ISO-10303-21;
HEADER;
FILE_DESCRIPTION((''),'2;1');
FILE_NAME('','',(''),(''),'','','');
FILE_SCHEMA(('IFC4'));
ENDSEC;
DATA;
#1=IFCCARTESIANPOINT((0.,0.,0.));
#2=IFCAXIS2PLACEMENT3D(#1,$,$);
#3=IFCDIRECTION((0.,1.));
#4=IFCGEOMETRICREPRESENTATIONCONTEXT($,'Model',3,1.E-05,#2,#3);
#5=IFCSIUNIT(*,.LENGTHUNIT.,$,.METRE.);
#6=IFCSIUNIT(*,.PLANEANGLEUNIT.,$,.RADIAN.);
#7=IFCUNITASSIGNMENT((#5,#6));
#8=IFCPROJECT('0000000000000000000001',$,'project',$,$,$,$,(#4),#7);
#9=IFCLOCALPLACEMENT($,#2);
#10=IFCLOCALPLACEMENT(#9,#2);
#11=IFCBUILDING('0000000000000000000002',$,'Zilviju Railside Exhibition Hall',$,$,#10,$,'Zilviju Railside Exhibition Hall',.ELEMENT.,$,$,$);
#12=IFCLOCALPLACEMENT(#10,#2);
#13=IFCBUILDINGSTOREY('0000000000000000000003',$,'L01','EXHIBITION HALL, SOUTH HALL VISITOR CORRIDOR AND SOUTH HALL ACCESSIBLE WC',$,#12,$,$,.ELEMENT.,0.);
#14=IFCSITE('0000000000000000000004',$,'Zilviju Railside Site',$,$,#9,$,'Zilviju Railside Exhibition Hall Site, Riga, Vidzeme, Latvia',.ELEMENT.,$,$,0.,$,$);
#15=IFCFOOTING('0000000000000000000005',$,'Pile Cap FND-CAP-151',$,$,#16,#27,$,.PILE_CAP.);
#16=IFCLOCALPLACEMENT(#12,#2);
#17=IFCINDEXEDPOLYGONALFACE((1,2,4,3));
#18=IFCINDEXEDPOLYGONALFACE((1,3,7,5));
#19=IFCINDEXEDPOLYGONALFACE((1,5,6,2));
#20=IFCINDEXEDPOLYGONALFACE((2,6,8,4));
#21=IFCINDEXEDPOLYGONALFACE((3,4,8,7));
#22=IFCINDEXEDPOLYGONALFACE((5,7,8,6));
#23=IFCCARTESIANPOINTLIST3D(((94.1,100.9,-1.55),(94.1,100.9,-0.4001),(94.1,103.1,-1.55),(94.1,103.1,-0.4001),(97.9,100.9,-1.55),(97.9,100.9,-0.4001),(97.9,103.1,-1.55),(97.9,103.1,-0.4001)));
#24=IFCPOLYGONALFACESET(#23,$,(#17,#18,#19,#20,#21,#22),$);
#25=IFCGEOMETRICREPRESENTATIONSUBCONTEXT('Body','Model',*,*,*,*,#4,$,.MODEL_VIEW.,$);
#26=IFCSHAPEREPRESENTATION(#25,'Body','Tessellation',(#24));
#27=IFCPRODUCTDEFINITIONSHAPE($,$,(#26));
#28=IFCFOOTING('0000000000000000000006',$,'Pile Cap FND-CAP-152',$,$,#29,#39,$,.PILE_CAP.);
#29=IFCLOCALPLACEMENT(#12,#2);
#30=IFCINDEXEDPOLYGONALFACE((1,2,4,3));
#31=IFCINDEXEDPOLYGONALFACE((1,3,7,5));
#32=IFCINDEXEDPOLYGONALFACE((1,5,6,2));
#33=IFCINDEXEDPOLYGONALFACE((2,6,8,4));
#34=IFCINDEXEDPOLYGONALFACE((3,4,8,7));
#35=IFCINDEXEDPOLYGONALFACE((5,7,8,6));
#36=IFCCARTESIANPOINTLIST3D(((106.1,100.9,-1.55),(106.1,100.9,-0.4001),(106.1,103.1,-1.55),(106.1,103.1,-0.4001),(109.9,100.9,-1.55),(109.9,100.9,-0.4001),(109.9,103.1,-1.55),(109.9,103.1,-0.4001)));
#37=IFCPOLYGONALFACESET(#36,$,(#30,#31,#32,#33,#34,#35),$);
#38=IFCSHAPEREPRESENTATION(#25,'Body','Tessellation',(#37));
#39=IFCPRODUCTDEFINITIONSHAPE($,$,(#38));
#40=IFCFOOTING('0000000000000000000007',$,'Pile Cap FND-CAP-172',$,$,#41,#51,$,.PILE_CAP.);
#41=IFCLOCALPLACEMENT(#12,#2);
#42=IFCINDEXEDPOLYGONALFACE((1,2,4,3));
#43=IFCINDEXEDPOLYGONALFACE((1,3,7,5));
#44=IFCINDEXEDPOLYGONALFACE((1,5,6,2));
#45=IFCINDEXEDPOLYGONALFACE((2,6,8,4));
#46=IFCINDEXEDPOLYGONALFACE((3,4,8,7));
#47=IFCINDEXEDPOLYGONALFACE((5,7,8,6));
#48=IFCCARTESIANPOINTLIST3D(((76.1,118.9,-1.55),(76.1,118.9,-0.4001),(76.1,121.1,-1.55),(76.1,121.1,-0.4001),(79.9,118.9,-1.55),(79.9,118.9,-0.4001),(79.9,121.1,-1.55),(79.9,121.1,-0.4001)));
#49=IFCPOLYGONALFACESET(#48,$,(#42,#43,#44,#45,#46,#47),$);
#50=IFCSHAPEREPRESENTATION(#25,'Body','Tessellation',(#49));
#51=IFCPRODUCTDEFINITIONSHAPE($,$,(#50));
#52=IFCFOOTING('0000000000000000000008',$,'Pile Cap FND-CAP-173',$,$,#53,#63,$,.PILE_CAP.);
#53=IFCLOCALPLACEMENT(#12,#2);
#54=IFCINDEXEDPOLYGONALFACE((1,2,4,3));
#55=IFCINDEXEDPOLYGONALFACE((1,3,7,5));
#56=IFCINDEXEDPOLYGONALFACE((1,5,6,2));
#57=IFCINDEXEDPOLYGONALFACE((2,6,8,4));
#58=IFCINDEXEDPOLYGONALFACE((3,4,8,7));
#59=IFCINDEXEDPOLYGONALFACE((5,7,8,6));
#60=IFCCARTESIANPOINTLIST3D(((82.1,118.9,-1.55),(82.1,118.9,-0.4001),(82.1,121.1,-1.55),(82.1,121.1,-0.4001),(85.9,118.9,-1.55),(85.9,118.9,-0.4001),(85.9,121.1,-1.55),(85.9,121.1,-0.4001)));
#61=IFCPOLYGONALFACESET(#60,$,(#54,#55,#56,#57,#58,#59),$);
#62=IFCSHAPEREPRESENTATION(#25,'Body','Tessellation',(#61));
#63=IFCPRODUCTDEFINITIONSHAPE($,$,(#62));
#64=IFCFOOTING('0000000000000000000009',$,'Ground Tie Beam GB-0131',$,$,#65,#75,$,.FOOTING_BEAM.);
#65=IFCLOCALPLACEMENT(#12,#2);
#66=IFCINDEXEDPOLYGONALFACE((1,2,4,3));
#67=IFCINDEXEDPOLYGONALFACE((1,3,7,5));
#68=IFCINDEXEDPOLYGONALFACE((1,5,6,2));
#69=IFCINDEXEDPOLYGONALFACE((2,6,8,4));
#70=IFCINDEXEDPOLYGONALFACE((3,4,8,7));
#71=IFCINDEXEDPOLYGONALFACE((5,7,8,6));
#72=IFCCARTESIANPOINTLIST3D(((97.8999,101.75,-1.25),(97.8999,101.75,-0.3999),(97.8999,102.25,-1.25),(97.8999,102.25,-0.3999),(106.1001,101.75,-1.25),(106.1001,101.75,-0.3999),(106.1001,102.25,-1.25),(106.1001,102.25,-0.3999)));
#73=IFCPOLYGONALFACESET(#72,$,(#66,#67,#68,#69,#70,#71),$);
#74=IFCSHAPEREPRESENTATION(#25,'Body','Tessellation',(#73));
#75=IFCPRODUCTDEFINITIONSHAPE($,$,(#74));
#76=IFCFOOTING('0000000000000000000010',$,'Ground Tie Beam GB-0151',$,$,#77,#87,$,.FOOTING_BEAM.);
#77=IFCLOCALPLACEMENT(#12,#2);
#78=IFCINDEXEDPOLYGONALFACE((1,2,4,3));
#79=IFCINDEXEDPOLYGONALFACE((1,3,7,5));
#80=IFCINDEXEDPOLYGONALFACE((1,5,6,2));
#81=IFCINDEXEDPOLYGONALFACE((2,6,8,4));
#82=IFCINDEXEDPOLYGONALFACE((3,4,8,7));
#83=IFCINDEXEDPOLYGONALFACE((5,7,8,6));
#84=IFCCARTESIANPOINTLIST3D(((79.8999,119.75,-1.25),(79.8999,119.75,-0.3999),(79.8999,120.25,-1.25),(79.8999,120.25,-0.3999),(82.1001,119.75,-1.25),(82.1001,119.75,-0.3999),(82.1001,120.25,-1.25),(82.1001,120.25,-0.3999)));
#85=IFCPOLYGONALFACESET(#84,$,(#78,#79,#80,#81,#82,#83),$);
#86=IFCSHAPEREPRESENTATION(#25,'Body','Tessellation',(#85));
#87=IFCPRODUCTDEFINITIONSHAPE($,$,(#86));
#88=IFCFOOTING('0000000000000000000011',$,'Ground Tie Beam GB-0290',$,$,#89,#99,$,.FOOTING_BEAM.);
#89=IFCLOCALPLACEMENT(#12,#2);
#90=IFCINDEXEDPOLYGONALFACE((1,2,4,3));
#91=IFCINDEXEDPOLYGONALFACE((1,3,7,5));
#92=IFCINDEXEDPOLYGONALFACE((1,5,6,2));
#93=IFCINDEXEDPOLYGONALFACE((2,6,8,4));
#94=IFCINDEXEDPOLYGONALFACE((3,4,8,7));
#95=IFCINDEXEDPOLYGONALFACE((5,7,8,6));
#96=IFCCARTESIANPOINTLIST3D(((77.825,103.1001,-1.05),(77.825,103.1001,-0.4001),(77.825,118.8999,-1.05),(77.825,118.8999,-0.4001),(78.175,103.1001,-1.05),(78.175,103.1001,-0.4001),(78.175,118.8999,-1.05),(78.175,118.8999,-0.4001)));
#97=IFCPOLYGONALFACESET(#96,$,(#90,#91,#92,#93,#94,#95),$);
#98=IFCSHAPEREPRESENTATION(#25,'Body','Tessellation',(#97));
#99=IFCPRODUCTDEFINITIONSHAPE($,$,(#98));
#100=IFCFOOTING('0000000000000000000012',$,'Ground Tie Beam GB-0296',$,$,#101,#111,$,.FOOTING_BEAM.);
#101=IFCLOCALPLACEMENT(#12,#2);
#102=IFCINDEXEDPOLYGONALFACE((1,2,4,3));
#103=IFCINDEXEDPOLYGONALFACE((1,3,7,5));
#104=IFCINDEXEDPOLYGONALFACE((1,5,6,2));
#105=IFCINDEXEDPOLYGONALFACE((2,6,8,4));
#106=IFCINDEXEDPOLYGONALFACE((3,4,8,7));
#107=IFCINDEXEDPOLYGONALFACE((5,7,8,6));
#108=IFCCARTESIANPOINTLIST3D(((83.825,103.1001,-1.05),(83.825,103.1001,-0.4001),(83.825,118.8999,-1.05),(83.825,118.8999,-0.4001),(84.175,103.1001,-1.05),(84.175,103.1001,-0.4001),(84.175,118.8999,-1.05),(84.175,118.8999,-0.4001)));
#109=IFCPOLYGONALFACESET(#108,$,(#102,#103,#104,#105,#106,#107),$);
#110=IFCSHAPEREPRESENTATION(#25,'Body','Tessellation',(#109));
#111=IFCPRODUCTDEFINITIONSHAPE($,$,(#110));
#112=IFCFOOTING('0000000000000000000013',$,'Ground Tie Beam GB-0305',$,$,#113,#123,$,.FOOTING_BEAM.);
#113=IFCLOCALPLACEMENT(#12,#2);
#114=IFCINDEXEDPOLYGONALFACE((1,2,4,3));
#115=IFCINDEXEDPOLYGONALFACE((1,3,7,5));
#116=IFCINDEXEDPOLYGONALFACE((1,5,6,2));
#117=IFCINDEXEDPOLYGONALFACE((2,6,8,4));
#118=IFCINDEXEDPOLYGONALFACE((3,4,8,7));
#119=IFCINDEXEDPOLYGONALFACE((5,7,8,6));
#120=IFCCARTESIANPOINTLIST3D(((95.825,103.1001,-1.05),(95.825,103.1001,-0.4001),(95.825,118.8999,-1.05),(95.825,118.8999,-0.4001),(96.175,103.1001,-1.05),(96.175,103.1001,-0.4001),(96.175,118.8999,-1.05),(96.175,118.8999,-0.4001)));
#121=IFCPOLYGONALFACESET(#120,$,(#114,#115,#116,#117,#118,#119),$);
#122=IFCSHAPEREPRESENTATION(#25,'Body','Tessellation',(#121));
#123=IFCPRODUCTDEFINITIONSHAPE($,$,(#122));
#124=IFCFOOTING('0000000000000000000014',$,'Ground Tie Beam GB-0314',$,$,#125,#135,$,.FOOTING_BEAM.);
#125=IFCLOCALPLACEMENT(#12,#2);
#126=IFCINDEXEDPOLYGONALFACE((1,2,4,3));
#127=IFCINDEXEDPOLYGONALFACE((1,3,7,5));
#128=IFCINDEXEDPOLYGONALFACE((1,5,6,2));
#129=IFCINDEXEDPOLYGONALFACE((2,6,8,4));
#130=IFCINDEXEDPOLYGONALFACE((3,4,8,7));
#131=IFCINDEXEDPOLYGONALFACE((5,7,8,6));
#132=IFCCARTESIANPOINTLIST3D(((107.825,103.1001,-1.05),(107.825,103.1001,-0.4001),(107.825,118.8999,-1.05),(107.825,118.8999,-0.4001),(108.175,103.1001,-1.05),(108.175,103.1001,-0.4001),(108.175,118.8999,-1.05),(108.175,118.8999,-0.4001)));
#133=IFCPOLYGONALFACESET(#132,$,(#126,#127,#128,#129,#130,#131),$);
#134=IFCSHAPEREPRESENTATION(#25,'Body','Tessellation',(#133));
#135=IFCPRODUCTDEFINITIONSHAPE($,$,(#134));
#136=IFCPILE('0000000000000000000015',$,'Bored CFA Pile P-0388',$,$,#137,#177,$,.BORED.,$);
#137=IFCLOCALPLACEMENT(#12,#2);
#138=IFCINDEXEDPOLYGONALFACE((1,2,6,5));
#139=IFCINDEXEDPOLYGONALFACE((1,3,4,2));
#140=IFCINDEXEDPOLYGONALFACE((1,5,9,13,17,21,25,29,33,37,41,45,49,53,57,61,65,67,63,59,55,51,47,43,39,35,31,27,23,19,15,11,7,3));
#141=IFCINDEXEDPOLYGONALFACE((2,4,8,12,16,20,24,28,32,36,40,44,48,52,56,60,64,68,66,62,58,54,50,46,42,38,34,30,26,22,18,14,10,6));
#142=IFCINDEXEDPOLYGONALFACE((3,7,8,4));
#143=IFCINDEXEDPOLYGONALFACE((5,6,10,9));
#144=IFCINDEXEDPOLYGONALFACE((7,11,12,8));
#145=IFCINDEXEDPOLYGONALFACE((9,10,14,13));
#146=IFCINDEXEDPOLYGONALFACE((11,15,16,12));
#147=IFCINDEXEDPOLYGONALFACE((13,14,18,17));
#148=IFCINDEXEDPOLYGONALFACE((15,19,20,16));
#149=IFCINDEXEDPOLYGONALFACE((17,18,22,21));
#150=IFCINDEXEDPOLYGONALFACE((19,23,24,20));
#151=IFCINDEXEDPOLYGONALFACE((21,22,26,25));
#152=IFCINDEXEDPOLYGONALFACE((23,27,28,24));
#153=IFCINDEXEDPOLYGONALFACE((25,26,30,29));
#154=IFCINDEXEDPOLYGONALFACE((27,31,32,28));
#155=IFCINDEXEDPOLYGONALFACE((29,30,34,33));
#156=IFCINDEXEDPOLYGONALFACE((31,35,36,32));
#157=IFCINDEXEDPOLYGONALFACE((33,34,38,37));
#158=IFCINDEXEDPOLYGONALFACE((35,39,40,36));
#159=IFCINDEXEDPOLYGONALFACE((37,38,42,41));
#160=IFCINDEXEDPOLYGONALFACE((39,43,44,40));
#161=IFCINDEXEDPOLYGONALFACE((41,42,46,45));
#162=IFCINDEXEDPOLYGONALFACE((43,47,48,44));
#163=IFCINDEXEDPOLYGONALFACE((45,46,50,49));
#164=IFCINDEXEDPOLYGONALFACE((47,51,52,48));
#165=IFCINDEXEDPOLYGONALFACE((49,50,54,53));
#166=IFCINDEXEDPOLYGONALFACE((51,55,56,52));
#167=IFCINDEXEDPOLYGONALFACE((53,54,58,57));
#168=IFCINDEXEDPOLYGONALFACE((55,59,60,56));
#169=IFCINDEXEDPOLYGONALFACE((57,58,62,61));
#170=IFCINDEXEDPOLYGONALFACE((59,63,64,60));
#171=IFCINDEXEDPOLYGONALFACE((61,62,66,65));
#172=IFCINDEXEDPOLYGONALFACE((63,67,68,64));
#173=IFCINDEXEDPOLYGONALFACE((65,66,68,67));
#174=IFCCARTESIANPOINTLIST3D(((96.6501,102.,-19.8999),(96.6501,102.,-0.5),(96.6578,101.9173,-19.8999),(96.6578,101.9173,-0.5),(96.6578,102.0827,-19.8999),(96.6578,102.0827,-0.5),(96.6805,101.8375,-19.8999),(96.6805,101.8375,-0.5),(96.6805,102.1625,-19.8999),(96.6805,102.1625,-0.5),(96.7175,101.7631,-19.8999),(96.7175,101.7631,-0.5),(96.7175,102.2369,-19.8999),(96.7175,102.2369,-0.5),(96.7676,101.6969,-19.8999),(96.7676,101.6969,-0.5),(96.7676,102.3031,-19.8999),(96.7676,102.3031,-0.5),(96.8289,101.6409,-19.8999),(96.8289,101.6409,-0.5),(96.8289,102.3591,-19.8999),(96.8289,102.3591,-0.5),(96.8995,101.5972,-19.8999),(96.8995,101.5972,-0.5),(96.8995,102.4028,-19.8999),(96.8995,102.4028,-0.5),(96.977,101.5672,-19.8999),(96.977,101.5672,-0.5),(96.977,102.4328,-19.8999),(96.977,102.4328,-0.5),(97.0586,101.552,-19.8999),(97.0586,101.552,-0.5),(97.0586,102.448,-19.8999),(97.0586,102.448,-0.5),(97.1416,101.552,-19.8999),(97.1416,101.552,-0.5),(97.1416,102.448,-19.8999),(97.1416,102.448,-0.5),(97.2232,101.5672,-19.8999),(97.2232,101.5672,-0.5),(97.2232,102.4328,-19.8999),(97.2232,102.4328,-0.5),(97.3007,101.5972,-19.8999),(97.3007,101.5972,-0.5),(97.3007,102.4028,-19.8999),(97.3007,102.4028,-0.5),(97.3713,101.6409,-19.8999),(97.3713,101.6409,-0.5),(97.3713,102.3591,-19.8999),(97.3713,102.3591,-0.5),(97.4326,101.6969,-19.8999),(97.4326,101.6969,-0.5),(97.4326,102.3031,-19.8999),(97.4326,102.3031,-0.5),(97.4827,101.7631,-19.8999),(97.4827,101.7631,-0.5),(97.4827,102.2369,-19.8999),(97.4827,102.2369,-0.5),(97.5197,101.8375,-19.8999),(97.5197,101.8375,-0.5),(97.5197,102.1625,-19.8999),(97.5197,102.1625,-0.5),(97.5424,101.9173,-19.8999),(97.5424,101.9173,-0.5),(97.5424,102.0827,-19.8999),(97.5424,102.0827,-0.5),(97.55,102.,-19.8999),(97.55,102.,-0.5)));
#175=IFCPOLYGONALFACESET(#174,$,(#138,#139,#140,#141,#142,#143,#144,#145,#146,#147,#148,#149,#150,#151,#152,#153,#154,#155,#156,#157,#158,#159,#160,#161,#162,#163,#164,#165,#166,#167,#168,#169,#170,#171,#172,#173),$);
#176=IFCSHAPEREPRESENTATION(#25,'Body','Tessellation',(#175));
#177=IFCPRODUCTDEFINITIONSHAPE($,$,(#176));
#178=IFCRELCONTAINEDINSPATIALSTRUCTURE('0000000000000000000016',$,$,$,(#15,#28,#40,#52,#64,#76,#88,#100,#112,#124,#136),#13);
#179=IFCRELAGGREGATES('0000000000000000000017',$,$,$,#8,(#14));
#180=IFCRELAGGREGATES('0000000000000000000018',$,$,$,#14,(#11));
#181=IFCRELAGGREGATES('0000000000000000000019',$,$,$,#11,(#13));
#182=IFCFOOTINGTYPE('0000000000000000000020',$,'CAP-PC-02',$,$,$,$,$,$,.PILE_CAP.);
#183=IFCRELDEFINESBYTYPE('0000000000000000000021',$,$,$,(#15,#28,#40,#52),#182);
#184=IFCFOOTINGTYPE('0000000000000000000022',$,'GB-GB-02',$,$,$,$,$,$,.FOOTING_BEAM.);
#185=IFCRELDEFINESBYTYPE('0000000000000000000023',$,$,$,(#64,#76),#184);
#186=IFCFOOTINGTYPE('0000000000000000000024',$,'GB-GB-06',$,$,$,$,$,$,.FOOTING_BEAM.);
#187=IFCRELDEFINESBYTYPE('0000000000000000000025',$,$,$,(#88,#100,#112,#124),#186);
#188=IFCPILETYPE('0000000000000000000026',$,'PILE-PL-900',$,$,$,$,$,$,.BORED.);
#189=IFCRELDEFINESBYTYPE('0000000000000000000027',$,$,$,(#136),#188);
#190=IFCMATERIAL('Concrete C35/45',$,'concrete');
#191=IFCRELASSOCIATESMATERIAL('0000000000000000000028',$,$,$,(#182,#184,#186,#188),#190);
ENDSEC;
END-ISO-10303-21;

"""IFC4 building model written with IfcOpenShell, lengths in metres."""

from ifc_helpers import new_model, si_unit, direction, frame, origin, origin_2d, place, context, subcontext, project, spatial, rectangle, circle, extrude, material, material_profile, profile_set, type_object, element, save


model = new_model("IFC4")

# Units and contexts
model_context = context("Model", 3, precision=1e-05, world=origin(), true_north=direction((0.0, 1.0)))
body_context = subcontext(model_context, "Body", "Model", "MODEL_VIEW")
ifc_project = project(units=[si_unit("LENGTHUNIT", "METRE"), si_unit("PLANEANGLEUNIT", "RADIAN")], contexts=[model_context])

# Site, building, storey
site_placement = place(None, origin())
site = spatial("IfcSite", under=ifc_project, at=site_placement, Name="Zilviju Railside Site", LongName="Zilviju Railside Exhibition Hall Site, Riga, Vidzeme, Latvia", CompositionType="ELEMENT", RefElevation=0.0)
building_placement = place(site_placement, origin())
building = spatial("IfcBuilding", under=site, at=building_placement, Name="Zilviju Railside Exhibition Hall", LongName="Zilviju Railside Exhibition Hall", CompositionType="ELEMENT")
storey_placement = place(building_placement, origin())
storey = spatial("IfcBuildingStorey", under=building, at=storey_placement, Name="L01", Description="EXHIBITION HALL, SOUTH HALL VISITOR CORRIDOR AND SOUTH HALL ACCESSIBLE WC", CompositionType="ELEMENT", Elevation=0.0)

# Footings
ifc_material_1 = material(Name="Concrete C35/45", Category="concrete")
footing_type_1 = type_object("IfcFootingType", Name="CAP-PC-02", PredefinedType="PILE_CAP", material=ifc_material_1)
for number, where, z_axis, x_axis, name in (
    (1, (96.0, 102.0, -1.55), (0.0, 0.0, 1.0), (1.0, 0.0, 0.0), "Pile Cap FND-CAP-151"),
    (2, (108.0, 102.0, -1.55), (0.0, 0.0, 1.0), (1.0, 0.0, 0.0), "Pile Cap FND-CAP-152"),
    (3, (78.0, 120.0, -1.55), (0.0, 0.0, 1.0), (1.0, 0.0, 0.0), "Pile Cap FND-CAP-172"),
    (4, (84.0, 120.0, -1.55), (0.0, 0.0, 1.0), (1.0, 0.0, 0.0), "Pile Cap FND-CAP-173"),
):
    element("IfcFooting", number, at=place(storey_placement, frame(where, z_axis=z_axis, x_axis=x_axis)), inside=storey, type_object=footing_type_1, Name=name, PredefinedType="PILE_CAP", context=body_context, shape_type="SweptSolid", body=[
        extrude(rectangle(XDim=3.8, YDim=2.2, at=origin_2d()), origin(), (0.0, 0.0, 1.0), 1.1499),
    ])
ifc_material_profile_1 = material_profile(ifc_material_1, rectangle(XDim=0.5, YDim=0.8501, at=origin_2d()), Name="TIE BEAM 500x850")
ifc_profile_set_1 = profile_set([ifc_material_profile_1], Name="Concrete C35/45")
footing_type_2 = type_object("IfcFootingType", Name="GB-GB-02", PredefinedType="FOOTING_BEAM", material=ifc_profile_set_1)
footing_1_placement = place(storey_placement, frame((97.8999, 102.0, -0.825), z_axis=(1.0, 0.0, 0.0), x_axis=(0.0, 1.0, 0.0)))
element("IfcFooting", 5, at=footing_1_placement, inside=storey, type_object=footing_type_2, Name="Ground Tie Beam GB-0131", PredefinedType="FOOTING_BEAM", context=body_context, shape_type="SweptSolid", body=[
    extrude(rectangle(XDim=0.5, YDim=0.8501, at=origin_2d()), origin(), (0.0, 0.0, 1.0), 8.2002),
])
footing_2_placement = place(storey_placement, frame((79.8999, 120.0, -0.825), z_axis=(1.0, 0.0, 0.0), x_axis=(0.0, 1.0, 0.0)))
element("IfcFooting", 6, at=footing_2_placement, inside=storey, type_object=footing_type_2, Name="Ground Tie Beam GB-0151", PredefinedType="FOOTING_BEAM", context=body_context, shape_type="SweptSolid", body=[
    extrude(rectangle(XDim=0.5, YDim=0.8501, at=origin_2d()), origin(), (0.0, 0.0, 1.0), 2.2002),
])
ifc_material_profile_2 = material_profile(ifc_material_1, rectangle(XDim=0.3501, YDim=0.6499, at=origin_2d()), Name="TIE BEAM 350x650")
ifc_profile_set_2 = profile_set([ifc_material_profile_2], Name="Concrete C35/45")
footing_type_3 = type_object("IfcFootingType", Name="GB-GB-06", PredefinedType="FOOTING_BEAM", material=ifc_profile_set_2)
for number, where, z_axis, x_axis, name in (
    (7, (78.0, 103.1001, -0.7251), (0.0, 1.0, 0.0), (-1.0, 0.0, 0.0), "Ground Tie Beam GB-0290"),
    (8, (84.0, 103.1001, -0.7251), (0.0, 1.0, 0.0), (-1.0, 0.0, 0.0), "Ground Tie Beam GB-0296"),
    (9, (96.0, 103.1001, -0.7251), (0.0, 1.0, 0.0), (-1.0, 0.0, 0.0), "Ground Tie Beam GB-0305"),
    (10, (108.0, 103.1001, -0.7251), (0.0, 1.0, 0.0), (-1.0, 0.0, 0.0), "Ground Tie Beam GB-0314"),
):
    element("IfcFooting", number, at=place(storey_placement, frame(where, z_axis=z_axis, x_axis=x_axis)), inside=storey, type_object=footing_type_3, Name=name, PredefinedType="FOOTING_BEAM", context=body_context, shape_type="SweptSolid", body=[
        extrude(rectangle(XDim=0.3501, YDim=0.6499, at=origin_2d()), origin(), (0.0, 0.0, 1.0), 15.7998),
    ])

# Pile
ifc_material_profile_3 = material_profile(ifc_material_1, circle(Radius=0.45, at=origin_2d()), Name="CFA PILE D900")
ifc_profile_set_3 = profile_set([ifc_material_profile_3], Name="Concrete C35/45")
pile_type = type_object("IfcPileType", Name="PILE-PL-900", PredefinedType="BORED", material=ifc_profile_set_3)
for number, where, z_axis, x_axis, name in (
    (11, (97.1001, 102.0, -0.5), (0.0, 0.0, -1.0), (1.0, 0.0, 0.0), "Bored CFA Pile P-0388"),
):
    element("IfcPile", number, at=place(storey_placement, frame(where, z_axis=z_axis, x_axis=x_axis)), inside=storey, type_object=pile_type, Name=name, PredefinedType="BORED", context=body_context, shape_type="SweptSolid", body=[
        extrude(circle(Radius=0.45, at=origin_2d()), origin(), (0.0, 0.0, 1.0), 19.3999),
    ])

save(model, "model.ifc")
